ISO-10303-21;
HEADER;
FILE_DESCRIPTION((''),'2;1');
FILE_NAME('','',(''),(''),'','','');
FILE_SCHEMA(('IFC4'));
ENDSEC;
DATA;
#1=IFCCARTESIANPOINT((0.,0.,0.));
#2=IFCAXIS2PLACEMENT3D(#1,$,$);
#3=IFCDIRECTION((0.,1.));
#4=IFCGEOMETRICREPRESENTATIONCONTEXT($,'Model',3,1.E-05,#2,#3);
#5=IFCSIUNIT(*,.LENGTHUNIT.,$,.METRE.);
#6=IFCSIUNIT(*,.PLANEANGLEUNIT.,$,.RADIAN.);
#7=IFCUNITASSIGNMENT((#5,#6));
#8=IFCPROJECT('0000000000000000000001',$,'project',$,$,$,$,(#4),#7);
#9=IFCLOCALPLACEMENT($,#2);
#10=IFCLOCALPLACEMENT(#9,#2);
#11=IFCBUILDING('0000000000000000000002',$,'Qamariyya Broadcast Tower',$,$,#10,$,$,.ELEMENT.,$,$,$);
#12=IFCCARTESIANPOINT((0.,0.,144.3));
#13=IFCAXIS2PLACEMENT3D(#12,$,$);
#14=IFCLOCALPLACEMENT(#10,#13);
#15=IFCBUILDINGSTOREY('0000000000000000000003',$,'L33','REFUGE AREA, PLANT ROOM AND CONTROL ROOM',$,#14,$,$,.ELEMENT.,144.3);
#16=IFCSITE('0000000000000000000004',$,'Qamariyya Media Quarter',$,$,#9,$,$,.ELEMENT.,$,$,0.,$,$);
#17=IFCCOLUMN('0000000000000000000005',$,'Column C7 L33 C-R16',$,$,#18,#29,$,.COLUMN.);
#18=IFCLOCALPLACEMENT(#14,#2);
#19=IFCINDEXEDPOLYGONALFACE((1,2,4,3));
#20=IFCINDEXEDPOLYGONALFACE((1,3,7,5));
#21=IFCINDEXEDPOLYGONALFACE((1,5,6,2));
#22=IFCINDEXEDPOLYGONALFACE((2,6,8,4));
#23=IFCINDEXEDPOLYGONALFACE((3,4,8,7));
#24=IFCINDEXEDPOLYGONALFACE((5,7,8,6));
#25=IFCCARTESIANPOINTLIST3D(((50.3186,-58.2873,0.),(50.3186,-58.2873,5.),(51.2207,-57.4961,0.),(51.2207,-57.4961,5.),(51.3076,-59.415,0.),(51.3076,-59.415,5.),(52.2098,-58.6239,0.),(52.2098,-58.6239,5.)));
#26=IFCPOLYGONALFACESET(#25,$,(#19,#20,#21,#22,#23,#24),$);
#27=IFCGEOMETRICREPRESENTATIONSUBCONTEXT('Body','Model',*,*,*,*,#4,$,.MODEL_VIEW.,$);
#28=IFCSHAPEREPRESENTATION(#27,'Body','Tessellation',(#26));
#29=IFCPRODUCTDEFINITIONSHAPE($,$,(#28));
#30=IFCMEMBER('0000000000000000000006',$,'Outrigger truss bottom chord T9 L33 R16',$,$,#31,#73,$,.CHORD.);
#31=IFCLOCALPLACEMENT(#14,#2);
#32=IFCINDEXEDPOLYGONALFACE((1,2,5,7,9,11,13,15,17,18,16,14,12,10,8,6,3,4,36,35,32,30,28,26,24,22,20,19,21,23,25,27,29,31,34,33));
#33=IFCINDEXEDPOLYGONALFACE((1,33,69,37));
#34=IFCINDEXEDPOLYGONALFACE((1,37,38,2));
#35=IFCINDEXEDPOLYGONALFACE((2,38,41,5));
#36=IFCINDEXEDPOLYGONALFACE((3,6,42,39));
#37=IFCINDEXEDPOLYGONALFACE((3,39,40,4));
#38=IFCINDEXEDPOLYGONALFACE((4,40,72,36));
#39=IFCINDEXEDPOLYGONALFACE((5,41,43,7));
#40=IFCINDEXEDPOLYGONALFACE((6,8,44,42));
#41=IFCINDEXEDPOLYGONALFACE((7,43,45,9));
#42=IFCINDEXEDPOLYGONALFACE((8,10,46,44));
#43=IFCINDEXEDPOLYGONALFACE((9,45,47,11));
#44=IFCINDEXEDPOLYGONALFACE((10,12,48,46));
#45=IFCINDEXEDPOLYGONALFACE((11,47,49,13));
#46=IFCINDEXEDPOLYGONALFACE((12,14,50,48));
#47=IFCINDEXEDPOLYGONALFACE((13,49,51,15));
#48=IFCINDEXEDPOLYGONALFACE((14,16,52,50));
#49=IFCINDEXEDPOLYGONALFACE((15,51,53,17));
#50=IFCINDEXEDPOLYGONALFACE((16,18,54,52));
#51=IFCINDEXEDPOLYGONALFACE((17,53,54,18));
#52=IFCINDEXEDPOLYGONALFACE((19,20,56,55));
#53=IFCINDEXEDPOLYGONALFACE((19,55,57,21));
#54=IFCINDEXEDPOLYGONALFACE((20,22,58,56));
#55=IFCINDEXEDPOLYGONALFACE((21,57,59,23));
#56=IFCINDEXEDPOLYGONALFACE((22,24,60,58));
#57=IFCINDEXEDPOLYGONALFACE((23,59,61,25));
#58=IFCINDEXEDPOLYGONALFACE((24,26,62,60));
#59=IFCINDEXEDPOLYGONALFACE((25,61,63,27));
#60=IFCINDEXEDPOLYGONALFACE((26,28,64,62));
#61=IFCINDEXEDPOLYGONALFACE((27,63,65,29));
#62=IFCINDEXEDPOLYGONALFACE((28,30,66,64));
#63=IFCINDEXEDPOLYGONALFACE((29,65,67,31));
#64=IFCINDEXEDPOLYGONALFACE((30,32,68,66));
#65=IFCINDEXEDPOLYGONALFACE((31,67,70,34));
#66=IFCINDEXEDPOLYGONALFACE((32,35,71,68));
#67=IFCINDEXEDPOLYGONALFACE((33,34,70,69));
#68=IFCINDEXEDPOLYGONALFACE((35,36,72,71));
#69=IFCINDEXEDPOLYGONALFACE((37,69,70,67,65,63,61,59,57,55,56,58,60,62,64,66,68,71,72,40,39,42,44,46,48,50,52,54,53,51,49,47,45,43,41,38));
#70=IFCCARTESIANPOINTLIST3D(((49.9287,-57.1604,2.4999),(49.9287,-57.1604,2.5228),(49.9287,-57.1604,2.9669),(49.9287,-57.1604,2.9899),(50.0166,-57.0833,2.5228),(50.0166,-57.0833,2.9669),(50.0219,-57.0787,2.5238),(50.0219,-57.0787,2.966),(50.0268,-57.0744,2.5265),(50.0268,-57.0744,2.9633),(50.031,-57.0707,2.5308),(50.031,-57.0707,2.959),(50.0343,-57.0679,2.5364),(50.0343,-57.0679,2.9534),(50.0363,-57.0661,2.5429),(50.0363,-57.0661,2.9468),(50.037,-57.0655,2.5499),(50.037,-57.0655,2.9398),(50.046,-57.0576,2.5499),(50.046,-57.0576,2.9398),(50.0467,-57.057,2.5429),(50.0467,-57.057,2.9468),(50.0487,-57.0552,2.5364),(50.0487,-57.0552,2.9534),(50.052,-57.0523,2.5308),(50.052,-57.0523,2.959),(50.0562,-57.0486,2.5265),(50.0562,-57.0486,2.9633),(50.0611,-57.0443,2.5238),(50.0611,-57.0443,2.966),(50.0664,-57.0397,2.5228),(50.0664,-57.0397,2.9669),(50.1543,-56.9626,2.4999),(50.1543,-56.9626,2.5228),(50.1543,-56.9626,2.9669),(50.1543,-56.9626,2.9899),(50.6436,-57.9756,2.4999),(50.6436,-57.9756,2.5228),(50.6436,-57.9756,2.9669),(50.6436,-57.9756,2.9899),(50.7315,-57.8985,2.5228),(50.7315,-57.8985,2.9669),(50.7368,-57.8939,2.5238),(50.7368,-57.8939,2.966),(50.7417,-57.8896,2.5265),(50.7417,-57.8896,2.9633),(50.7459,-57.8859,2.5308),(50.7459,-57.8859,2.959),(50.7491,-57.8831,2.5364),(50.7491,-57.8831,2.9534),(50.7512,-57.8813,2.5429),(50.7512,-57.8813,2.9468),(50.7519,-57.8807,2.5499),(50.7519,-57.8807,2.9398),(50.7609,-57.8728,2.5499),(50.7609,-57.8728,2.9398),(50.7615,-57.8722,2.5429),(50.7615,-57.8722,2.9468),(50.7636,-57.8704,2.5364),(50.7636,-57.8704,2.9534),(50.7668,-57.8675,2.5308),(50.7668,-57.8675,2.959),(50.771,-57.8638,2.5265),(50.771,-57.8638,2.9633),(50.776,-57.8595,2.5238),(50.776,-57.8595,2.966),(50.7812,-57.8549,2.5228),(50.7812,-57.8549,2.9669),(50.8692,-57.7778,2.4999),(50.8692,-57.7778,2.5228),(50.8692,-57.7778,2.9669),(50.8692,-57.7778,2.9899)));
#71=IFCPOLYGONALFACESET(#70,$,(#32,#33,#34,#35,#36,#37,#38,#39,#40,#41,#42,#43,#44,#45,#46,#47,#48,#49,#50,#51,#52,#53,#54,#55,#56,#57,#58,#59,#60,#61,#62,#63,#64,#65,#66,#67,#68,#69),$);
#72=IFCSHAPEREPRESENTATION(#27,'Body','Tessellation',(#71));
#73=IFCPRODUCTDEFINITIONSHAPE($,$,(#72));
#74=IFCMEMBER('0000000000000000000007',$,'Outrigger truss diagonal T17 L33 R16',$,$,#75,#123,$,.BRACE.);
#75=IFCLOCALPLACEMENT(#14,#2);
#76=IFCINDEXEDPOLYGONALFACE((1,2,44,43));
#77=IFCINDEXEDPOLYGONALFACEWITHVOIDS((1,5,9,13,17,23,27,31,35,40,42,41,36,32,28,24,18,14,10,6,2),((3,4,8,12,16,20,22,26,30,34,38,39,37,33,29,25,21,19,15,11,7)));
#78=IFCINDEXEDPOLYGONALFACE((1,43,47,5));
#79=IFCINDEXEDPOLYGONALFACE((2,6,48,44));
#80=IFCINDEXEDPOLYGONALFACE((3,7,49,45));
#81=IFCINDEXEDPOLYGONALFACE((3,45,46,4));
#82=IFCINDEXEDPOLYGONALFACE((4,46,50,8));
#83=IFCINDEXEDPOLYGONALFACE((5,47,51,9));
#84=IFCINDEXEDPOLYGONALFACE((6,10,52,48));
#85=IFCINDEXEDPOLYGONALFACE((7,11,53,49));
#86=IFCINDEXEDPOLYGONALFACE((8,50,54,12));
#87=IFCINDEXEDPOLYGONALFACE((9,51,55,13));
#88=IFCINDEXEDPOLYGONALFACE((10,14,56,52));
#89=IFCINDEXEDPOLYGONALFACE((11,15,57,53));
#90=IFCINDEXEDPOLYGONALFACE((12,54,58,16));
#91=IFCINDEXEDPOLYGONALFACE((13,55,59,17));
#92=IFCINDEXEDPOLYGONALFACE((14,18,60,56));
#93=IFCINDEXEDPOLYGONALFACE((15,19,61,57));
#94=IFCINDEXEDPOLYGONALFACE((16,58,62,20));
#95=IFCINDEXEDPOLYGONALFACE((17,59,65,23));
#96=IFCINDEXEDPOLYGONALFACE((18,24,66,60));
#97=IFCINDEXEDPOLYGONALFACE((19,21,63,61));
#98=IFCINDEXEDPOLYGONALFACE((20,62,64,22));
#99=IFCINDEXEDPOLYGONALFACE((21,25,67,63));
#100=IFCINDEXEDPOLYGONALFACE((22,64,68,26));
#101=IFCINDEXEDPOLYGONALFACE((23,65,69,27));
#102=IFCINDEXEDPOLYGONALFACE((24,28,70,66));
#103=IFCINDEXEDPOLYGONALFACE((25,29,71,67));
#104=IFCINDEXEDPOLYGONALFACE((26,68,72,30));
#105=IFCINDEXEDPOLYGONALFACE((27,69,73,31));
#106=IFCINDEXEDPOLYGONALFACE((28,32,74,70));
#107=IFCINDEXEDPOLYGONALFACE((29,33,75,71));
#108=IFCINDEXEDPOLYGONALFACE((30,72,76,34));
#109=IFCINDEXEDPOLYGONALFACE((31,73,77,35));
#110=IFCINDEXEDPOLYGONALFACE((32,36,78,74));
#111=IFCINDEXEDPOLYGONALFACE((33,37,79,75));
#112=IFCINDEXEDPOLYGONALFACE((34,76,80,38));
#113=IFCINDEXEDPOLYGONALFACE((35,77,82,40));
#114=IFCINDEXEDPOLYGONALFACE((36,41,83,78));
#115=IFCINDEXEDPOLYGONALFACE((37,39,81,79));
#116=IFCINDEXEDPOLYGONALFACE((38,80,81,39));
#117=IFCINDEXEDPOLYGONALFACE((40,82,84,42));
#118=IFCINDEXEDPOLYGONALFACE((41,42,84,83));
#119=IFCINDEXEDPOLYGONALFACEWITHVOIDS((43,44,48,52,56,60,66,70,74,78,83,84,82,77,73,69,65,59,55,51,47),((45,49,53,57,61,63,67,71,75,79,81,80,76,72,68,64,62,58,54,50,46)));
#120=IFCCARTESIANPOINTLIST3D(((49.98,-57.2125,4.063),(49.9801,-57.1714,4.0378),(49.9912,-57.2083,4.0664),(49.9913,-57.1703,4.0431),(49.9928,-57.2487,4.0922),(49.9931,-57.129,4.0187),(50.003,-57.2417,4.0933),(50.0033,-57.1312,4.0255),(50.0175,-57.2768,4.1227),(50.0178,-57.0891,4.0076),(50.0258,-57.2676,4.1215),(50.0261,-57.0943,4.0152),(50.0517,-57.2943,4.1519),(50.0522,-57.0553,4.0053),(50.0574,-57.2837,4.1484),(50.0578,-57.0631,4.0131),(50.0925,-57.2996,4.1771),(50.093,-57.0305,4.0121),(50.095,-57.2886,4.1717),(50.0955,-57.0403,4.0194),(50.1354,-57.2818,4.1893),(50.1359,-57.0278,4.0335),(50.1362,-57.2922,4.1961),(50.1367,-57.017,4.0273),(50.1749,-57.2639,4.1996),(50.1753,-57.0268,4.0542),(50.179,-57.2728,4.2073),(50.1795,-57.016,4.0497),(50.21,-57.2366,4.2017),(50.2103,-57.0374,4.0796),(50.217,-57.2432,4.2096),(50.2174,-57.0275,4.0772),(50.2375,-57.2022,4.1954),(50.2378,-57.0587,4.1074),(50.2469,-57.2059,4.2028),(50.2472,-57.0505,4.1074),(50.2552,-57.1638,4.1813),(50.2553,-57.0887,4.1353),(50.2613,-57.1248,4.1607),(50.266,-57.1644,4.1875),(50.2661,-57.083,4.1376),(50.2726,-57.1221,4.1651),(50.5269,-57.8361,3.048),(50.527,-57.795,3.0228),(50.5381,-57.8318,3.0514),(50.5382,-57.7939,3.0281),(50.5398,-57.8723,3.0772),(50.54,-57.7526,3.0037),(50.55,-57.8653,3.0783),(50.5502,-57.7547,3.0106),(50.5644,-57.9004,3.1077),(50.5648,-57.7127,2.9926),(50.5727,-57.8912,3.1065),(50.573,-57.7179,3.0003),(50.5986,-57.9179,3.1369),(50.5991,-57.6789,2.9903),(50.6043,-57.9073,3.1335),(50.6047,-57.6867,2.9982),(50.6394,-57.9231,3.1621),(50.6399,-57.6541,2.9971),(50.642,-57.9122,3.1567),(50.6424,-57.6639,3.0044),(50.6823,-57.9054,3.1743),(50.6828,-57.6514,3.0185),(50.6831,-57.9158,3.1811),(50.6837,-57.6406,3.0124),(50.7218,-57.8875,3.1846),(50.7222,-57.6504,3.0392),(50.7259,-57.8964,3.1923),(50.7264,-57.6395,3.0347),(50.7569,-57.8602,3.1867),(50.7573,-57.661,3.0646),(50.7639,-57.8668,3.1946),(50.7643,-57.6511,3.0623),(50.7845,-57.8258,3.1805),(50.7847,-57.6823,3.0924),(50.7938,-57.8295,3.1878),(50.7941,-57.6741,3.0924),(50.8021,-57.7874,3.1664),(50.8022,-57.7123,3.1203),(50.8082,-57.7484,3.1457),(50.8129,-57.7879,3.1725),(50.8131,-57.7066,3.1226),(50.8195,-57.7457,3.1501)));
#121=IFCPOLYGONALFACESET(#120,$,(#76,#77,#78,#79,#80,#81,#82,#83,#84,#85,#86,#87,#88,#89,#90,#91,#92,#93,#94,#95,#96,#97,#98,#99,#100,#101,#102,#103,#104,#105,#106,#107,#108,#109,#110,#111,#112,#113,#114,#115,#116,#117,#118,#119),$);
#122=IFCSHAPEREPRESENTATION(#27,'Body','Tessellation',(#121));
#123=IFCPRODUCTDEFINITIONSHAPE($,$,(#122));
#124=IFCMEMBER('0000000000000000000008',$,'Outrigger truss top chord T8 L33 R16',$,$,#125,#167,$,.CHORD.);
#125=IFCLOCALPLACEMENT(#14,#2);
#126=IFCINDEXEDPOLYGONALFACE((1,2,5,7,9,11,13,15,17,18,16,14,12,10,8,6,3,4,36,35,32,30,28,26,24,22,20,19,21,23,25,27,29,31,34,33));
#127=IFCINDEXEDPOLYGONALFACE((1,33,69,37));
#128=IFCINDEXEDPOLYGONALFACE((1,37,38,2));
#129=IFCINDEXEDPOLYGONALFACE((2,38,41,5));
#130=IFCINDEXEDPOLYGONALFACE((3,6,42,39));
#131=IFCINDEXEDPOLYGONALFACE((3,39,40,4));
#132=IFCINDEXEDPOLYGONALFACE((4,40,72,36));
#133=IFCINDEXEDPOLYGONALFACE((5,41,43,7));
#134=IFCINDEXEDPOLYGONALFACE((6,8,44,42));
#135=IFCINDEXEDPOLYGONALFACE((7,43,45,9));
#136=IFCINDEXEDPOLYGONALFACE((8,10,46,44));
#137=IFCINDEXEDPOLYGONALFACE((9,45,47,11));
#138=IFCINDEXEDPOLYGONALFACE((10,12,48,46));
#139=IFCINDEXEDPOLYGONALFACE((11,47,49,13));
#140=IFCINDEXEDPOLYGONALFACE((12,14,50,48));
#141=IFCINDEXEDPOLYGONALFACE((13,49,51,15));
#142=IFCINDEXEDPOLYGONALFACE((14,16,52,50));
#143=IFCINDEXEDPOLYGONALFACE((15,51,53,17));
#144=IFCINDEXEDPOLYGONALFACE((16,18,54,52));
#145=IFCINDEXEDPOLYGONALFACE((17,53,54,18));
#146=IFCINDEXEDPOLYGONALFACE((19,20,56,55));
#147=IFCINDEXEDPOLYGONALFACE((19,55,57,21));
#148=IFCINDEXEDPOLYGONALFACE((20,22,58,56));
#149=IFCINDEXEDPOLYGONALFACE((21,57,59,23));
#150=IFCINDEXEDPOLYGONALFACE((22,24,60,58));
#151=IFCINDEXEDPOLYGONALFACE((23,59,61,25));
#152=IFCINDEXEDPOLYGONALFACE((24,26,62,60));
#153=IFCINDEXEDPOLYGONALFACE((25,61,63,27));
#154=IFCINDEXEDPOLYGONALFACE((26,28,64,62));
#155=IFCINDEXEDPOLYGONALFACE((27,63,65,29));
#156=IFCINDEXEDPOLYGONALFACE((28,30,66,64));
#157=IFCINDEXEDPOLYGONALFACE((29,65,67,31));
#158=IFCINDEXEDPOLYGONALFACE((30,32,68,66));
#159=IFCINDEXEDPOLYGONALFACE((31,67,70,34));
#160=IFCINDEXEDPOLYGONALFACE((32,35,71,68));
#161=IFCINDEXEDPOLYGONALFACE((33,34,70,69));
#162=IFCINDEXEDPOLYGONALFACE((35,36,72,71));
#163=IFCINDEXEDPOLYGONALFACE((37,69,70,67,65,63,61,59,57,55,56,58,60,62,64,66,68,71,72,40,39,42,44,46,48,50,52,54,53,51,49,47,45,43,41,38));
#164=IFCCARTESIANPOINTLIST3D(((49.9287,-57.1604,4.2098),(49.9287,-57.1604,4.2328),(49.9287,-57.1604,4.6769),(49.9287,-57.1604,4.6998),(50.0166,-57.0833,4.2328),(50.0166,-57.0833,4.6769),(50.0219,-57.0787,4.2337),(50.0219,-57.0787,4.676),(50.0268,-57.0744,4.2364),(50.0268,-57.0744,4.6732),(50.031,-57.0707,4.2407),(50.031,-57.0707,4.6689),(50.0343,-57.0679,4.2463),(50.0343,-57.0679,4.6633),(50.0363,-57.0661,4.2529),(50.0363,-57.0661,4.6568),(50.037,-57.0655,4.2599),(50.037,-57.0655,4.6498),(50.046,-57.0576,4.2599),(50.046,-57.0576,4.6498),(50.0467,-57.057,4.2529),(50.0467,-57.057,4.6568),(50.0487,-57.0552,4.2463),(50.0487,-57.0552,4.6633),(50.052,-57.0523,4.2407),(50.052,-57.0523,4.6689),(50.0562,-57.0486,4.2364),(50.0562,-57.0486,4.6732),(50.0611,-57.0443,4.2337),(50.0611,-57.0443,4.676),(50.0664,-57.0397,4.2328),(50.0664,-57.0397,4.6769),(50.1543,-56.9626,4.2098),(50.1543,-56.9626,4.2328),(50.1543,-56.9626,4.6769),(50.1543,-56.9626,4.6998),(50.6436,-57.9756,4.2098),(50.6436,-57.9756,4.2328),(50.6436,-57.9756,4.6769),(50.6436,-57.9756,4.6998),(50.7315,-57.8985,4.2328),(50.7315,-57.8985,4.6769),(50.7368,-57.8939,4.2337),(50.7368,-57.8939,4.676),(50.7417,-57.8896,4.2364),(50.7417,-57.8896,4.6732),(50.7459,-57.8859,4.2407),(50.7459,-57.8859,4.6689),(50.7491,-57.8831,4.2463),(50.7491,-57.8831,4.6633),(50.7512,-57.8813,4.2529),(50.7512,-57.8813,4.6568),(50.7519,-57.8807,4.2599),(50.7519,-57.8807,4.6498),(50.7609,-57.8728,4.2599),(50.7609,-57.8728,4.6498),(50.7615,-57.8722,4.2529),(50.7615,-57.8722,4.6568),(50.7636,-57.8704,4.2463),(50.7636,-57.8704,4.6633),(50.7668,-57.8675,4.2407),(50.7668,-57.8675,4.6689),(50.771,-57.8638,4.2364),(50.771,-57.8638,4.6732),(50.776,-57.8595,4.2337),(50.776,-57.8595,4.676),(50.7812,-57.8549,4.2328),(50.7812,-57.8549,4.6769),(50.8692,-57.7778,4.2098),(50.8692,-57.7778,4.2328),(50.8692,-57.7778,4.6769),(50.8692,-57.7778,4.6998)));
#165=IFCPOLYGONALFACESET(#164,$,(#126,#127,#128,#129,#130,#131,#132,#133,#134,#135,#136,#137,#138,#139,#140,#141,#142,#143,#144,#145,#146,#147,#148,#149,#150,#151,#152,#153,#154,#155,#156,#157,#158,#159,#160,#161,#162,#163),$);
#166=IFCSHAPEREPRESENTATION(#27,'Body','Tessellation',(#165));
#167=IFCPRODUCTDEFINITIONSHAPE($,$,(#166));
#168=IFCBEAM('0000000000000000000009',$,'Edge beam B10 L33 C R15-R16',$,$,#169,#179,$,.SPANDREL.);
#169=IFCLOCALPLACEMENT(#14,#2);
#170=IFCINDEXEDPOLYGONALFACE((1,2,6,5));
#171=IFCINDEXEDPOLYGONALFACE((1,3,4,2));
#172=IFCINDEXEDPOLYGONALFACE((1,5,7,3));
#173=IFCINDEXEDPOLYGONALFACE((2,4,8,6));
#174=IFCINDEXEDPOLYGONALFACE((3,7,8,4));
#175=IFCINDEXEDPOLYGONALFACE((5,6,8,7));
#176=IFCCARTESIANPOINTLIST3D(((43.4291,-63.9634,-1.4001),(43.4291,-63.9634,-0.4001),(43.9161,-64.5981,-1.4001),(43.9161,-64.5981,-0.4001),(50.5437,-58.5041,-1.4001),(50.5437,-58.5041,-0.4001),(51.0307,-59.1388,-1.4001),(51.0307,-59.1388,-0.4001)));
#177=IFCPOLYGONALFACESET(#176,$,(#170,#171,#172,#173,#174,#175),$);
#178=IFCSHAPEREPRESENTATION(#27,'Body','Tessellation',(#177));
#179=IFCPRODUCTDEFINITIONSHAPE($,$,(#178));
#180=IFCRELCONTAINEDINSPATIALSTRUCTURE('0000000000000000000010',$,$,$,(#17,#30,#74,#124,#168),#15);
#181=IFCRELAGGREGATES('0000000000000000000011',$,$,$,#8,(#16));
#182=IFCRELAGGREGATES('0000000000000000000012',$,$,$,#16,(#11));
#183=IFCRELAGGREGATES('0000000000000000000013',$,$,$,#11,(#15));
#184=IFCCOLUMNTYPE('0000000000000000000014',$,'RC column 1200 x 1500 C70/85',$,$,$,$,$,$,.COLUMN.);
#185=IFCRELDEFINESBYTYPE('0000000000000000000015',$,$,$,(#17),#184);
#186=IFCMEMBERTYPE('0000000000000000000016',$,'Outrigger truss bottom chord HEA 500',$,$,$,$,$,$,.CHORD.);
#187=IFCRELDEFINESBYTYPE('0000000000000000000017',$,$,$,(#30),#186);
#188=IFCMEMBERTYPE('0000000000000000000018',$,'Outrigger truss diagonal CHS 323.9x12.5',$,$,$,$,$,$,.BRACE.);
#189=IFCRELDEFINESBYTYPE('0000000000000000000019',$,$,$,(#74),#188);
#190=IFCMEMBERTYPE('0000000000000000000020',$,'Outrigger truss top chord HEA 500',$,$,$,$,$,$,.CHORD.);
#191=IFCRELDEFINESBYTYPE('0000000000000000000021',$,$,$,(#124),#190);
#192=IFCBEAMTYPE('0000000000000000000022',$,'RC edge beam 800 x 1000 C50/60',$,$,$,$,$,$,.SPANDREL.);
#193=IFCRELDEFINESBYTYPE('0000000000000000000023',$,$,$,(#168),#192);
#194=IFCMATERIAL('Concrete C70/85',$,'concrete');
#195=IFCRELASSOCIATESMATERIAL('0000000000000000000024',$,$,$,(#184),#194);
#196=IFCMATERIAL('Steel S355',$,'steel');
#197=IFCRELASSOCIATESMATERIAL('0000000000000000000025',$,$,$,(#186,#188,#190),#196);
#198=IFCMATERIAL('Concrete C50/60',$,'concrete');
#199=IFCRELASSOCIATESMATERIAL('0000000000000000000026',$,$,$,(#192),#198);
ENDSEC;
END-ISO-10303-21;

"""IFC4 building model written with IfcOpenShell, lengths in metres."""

from ifc_helpers import new_model, si_unit, direction, frame, origin, origin_2d, place, context, subcontext, project, spatial, rectangle, hollow_circle, i_section, extrude, material, material_profile, profile_set, type_object, element, save


model = new_model("IFC4")

# Units and contexts
model_context = context("Model", 3, precision=1e-05, world=origin(), true_north=direction((0.0, 1.0)))
body_context = subcontext(model_context, "Body", "Model", "MODEL_VIEW")
ifc_project = project(units=[si_unit("LENGTHUNIT", "METRE"), si_unit("PLANEANGLEUNIT", "RADIAN")], contexts=[model_context])

# Site, building, storey
site_placement = place(None, origin())
site = spatial("IfcSite", under=ifc_project, at=site_placement, Name="Qamariyya Media Quarter", CompositionType="ELEMENT", RefElevation=0.0)
building_placement = place(site_placement, origin())
building = spatial("IfcBuilding", under=site, at=building_placement, Name="Qamariyya Broadcast Tower", CompositionType="ELEMENT")
storey_placement = place(building_placement, frame((0.0, 0.0, 144.3)))
storey = spatial("IfcBuildingStorey", under=building, at=storey_placement, Name="L33", Description="REFUGE AREA, PLANT ROOM AND CONTROL ROOM", CompositionType="ELEMENT", Elevation=144.3)

# Column
ifc_material_1 = material(Name="Concrete C70/85", Category="concrete")
ifc_material_profile_1 = material_profile(ifc_material_1, rectangle(XDim=1.2, YDim=1.5, at=origin_2d()))
ifc_profile_set_1 = profile_set([ifc_material_profile_1], Name="Concrete C70/85")
column_type = type_object("IfcColumnType", Name="RC column 1200 x 1500 C70/85", PredefinedType="COLUMN", material=ifc_profile_set_1)
column_placement = place(storey_placement, frame((51.2642, -58.4556, 0.0), z_axis=(0.0, 0.0, 1.0), x_axis=(0.75184, 0.659346, 0.0)))
element("IfcColumn", 1, at=column_placement, inside=storey, type_object=column_type, Name="Column C7 L33 C-R16", PredefinedType="COLUMN", context=body_context, shape_type="SweptSolid", body=[
    extrude(rectangle(XDim=1.2, YDim=1.5, at=origin_2d()), origin(), (0.0, 0.0, 1.0), 5.0),
])

# Members
ifc_material_2 = material(Name="Steel S355", Category="steel")
ifc_material_profile_2 = material_profile(ifc_material_2, i_section(OverallWidth=0.3, OverallDepth=0.49, WebThickness=0.012, FlangeThickness=0.0229, FilletRadius=0.0271, at=origin_2d()))
ifc_profile_set_2 = profile_set([ifc_material_profile_2], Name="Steel S355")
member_type_1 = type_object("IfcMemberType", Name="Outrigger truss bottom chord HEA 500", PredefinedType="CHORD", material=ifc_profile_set_2)
member_1_placement = place(storey_placement, frame((50.0415, -57.0615, 2.7449), z_axis=(0.659317, -0.751865, 0.0), x_axis=(0.751865, 0.659317, 0.0)))
element("IfcMember", 2, at=member_1_placement, inside=storey, type_object=member_type_1, Name="Outrigger truss bottom chord T9 L33 R16", PredefinedType="CHORD", context=body_context, shape_type="SweptSolid", body=[
    extrude(i_section(OverallWidth=0.3, OverallDepth=0.49, WebThickness=0.012, FlangeThickness=0.0229, FilletRadius=0.0271, at=origin_2d()), origin(), (0.0, 0.0, 1.0), 1.0842),
])
ifc_material_profile_3 = material_profile(ifc_material_2, hollow_circle(Radius=0.1619, WallThickness=0.0125, at=origin_2d()))
ifc_profile_set_3 = profile_set([ifc_material_profile_3], Name="Steel S355")
member_type_2 = type_object("IfcMemberType", Name="Outrigger truss diagonal CHS 323.9x12.5", PredefinedType="BRACE", material=ifc_profile_set_3)
member_2_placement = place(storey_placement, frame((50.1255, -57.1572, 4.1074), z_axis=(0.417246, -0.475735, -0.774327), x_axis=(0.75181, 0.659379, 0.0)))
element("IfcMember", 3, at=member_2_placement, inside=storey, type_object=member_type_2, Name="Outrigger truss diagonal T17 L33 R16", PredefinedType="BRACE", context=body_context, shape_type="SweptSolid", body=[
    extrude(hollow_circle(Radius=0.1619, WallThickness=0.0125, at=origin_2d()), origin(), (0.0, 0.0, 1.0), 1.3108),
])
ifc_material_profile_4 = material_profile(ifc_material_2, i_section(OverallWidth=0.3, OverallDepth=0.49, WebThickness=0.012, FlangeThickness=0.0229, FilletRadius=0.0271, at=origin_2d()))
ifc_profile_set_4 = profile_set([ifc_material_profile_4], Name="Steel S355")
member_type_3 = type_object("IfcMemberType", Name="Outrigger truss top chord HEA 500", PredefinedType="CHORD", material=ifc_profile_set_4)
member_3_placement = place(storey_placement, frame((50.0415, -57.0615, 4.4548), z_axis=(0.659317, -0.751865, 0.0), x_axis=(0.751865, 0.659317, 0.0)))
element("IfcMember", 4, at=member_3_placement, inside=storey, type_object=member_type_3, Name="Outrigger truss top chord T8 L33 R16", PredefinedType="CHORD", context=body_context, shape_type="SweptSolid", body=[
    extrude(i_section(OverallWidth=0.3, OverallDepth=0.49, WebThickness=0.012, FlangeThickness=0.0229, FilletRadius=0.0271, at=origin_2d()), origin(), (0.0, 0.0, 1.0), 1.0842),
])

# Beam
ifc_material_3 = material(Name="Concrete C50/60", Category="concrete")
ifc_material_profile_5 = material_profile(ifc_material_3, rectangle(XDim=0.8, YDim=1.0, at=origin_2d()))
ifc_profile_set_5 = profile_set([ifc_material_profile_5], Name="Concrete C50/60")
beam_type_1 = type_object("IfcBeamType", Name="RC edge beam 800 x 1000 C50/60", PredefinedType="SPANDREL", material=ifc_profile_set_5)
beam_1_placement = place(storey_placement, frame((43.6726, -64.2808, -0.9001), z_axis=(0.793349, 0.608767, 0.0), x_axis=(-0.608767, 0.793349, 0.0)))
element("IfcBeam", 5, at=beam_1_placement, inside=storey, type_object=beam_type_1, Name="Edge beam B10 L33 C R15-R16", PredefinedType="SPANDREL", context=body_context, shape_type="SweptSolid", body=[
    extrude(rectangle(XDim=0.8, YDim=1.0, at=origin_2d()), origin(), (0.0, 0.0, 1.0), 8.9678),
])

save(model, "model.ifc")
